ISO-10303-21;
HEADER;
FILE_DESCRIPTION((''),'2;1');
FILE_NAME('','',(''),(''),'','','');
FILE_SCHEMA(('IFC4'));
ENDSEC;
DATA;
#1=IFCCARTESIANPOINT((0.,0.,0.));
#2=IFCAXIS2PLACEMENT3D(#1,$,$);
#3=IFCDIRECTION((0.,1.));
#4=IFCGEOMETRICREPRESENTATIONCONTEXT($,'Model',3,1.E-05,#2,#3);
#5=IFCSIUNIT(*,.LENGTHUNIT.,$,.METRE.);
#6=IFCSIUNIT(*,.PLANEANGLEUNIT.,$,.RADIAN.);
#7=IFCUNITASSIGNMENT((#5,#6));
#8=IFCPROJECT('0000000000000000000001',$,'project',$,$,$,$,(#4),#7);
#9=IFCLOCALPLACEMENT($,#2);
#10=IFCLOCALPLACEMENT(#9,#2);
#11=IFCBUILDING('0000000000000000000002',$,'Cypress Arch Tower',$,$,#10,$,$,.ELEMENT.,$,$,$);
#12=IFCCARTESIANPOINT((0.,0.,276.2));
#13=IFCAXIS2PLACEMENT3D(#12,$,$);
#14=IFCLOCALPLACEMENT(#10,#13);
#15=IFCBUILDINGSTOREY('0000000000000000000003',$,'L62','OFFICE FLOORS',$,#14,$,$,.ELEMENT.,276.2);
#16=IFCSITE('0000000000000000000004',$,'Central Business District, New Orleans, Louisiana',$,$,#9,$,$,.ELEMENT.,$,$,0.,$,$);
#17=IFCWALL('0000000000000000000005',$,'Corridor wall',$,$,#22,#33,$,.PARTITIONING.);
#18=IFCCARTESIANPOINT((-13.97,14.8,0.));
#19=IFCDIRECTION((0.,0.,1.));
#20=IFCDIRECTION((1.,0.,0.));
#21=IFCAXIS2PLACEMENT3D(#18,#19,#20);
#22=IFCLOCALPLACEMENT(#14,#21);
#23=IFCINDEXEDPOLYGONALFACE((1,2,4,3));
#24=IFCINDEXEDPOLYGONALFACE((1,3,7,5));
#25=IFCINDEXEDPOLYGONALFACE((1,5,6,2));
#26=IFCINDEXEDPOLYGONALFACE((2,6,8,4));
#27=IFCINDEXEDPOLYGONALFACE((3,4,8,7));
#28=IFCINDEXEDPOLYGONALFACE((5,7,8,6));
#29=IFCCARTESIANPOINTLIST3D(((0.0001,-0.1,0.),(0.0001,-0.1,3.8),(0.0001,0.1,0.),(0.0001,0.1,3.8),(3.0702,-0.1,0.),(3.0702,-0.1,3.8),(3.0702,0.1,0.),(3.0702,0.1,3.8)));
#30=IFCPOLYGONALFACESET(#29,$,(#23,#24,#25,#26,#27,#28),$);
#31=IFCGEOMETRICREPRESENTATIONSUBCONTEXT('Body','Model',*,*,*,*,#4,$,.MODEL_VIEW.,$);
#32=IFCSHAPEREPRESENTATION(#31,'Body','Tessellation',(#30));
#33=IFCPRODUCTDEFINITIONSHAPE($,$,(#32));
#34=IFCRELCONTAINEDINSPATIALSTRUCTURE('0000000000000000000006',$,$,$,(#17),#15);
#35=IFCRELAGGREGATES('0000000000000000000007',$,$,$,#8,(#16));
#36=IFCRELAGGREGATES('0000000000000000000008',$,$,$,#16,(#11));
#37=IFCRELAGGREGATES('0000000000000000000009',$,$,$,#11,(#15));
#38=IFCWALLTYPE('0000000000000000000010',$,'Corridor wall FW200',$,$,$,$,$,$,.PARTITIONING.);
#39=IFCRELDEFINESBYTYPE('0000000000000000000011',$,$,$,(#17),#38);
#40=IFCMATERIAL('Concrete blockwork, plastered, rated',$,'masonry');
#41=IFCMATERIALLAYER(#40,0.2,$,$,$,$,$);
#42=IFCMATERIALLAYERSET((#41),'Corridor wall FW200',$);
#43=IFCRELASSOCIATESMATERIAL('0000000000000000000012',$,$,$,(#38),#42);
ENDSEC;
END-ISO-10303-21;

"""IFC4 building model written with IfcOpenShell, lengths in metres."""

from ifc_helpers import new_model, si_unit, direction, frame, frame_2d, origin, place, context, subcontext, project, spatial, rectangle, extrude, material, layer, layer_set, type_object, element, save


model = new_model("IFC4")

# Units and contexts
model_context = context("Model", 3, precision=1e-05, world=origin(), true_north=direction((0.0, 1.0)))
body_context = subcontext(model_context, "Body", "Model", "MODEL_VIEW")
ifc_project = project(units=[si_unit("LENGTHUNIT", "METRE"), si_unit("PLANEANGLEUNIT", "RADIAN")], contexts=[model_context])

# Site, building, storey
site_placement = place(None, origin())
site = spatial("IfcSite", under=ifc_project, at=site_placement, Name="Central Business District, New Orleans, Louisiana", CompositionType="ELEMENT", RefElevation=0.0)
building_placement = place(site_placement, origin())
building = spatial("IfcBuilding", under=site, at=building_placement, Name="Cypress Arch Tower", CompositionType="ELEMENT")
storey_placement = place(building_placement, frame((0.0, 0.0, 276.2)))
storey = spatial("IfcBuildingStorey", under=building, at=storey_placement, Name="L62", Description="OFFICE FLOORS", CompositionType="ELEMENT", Elevation=276.2)

# Wall
ifc_material_1 = material(Name="Concrete blockwork, plastered, rated", Category="masonry")
ifc_layer_1 = layer(ifc_material_1, 0.2)
ifc_layer_set_1 = layer_set([ifc_layer_1], Name="Corridor wall FW200")
wall_type_1 = type_object("IfcWallType", Name="Corridor wall FW200", PredefinedType="PARTITIONING", material=ifc_layer_set_1)
wall_1_placement = place(storey_placement, frame((-13.97, 14.8, 0.0), z_axis=(0.0, 0.0, 1.0), x_axis=(1.0, 0.0, 0.0)))
element("IfcWall", 1, at=wall_1_placement, inside=storey, type_object=wall_type_1, Name="Corridor wall", PredefinedType="PARTITIONING", context=body_context, shape_type="SweptSolid", body=[
    extrude(rectangle(XDim=3.0701, YDim=0.2, at=frame_2d((1.5352, 0.0))), origin(), (0.0, 0.0, 1.0), 3.8),
])

save(model, "model.ifc")
